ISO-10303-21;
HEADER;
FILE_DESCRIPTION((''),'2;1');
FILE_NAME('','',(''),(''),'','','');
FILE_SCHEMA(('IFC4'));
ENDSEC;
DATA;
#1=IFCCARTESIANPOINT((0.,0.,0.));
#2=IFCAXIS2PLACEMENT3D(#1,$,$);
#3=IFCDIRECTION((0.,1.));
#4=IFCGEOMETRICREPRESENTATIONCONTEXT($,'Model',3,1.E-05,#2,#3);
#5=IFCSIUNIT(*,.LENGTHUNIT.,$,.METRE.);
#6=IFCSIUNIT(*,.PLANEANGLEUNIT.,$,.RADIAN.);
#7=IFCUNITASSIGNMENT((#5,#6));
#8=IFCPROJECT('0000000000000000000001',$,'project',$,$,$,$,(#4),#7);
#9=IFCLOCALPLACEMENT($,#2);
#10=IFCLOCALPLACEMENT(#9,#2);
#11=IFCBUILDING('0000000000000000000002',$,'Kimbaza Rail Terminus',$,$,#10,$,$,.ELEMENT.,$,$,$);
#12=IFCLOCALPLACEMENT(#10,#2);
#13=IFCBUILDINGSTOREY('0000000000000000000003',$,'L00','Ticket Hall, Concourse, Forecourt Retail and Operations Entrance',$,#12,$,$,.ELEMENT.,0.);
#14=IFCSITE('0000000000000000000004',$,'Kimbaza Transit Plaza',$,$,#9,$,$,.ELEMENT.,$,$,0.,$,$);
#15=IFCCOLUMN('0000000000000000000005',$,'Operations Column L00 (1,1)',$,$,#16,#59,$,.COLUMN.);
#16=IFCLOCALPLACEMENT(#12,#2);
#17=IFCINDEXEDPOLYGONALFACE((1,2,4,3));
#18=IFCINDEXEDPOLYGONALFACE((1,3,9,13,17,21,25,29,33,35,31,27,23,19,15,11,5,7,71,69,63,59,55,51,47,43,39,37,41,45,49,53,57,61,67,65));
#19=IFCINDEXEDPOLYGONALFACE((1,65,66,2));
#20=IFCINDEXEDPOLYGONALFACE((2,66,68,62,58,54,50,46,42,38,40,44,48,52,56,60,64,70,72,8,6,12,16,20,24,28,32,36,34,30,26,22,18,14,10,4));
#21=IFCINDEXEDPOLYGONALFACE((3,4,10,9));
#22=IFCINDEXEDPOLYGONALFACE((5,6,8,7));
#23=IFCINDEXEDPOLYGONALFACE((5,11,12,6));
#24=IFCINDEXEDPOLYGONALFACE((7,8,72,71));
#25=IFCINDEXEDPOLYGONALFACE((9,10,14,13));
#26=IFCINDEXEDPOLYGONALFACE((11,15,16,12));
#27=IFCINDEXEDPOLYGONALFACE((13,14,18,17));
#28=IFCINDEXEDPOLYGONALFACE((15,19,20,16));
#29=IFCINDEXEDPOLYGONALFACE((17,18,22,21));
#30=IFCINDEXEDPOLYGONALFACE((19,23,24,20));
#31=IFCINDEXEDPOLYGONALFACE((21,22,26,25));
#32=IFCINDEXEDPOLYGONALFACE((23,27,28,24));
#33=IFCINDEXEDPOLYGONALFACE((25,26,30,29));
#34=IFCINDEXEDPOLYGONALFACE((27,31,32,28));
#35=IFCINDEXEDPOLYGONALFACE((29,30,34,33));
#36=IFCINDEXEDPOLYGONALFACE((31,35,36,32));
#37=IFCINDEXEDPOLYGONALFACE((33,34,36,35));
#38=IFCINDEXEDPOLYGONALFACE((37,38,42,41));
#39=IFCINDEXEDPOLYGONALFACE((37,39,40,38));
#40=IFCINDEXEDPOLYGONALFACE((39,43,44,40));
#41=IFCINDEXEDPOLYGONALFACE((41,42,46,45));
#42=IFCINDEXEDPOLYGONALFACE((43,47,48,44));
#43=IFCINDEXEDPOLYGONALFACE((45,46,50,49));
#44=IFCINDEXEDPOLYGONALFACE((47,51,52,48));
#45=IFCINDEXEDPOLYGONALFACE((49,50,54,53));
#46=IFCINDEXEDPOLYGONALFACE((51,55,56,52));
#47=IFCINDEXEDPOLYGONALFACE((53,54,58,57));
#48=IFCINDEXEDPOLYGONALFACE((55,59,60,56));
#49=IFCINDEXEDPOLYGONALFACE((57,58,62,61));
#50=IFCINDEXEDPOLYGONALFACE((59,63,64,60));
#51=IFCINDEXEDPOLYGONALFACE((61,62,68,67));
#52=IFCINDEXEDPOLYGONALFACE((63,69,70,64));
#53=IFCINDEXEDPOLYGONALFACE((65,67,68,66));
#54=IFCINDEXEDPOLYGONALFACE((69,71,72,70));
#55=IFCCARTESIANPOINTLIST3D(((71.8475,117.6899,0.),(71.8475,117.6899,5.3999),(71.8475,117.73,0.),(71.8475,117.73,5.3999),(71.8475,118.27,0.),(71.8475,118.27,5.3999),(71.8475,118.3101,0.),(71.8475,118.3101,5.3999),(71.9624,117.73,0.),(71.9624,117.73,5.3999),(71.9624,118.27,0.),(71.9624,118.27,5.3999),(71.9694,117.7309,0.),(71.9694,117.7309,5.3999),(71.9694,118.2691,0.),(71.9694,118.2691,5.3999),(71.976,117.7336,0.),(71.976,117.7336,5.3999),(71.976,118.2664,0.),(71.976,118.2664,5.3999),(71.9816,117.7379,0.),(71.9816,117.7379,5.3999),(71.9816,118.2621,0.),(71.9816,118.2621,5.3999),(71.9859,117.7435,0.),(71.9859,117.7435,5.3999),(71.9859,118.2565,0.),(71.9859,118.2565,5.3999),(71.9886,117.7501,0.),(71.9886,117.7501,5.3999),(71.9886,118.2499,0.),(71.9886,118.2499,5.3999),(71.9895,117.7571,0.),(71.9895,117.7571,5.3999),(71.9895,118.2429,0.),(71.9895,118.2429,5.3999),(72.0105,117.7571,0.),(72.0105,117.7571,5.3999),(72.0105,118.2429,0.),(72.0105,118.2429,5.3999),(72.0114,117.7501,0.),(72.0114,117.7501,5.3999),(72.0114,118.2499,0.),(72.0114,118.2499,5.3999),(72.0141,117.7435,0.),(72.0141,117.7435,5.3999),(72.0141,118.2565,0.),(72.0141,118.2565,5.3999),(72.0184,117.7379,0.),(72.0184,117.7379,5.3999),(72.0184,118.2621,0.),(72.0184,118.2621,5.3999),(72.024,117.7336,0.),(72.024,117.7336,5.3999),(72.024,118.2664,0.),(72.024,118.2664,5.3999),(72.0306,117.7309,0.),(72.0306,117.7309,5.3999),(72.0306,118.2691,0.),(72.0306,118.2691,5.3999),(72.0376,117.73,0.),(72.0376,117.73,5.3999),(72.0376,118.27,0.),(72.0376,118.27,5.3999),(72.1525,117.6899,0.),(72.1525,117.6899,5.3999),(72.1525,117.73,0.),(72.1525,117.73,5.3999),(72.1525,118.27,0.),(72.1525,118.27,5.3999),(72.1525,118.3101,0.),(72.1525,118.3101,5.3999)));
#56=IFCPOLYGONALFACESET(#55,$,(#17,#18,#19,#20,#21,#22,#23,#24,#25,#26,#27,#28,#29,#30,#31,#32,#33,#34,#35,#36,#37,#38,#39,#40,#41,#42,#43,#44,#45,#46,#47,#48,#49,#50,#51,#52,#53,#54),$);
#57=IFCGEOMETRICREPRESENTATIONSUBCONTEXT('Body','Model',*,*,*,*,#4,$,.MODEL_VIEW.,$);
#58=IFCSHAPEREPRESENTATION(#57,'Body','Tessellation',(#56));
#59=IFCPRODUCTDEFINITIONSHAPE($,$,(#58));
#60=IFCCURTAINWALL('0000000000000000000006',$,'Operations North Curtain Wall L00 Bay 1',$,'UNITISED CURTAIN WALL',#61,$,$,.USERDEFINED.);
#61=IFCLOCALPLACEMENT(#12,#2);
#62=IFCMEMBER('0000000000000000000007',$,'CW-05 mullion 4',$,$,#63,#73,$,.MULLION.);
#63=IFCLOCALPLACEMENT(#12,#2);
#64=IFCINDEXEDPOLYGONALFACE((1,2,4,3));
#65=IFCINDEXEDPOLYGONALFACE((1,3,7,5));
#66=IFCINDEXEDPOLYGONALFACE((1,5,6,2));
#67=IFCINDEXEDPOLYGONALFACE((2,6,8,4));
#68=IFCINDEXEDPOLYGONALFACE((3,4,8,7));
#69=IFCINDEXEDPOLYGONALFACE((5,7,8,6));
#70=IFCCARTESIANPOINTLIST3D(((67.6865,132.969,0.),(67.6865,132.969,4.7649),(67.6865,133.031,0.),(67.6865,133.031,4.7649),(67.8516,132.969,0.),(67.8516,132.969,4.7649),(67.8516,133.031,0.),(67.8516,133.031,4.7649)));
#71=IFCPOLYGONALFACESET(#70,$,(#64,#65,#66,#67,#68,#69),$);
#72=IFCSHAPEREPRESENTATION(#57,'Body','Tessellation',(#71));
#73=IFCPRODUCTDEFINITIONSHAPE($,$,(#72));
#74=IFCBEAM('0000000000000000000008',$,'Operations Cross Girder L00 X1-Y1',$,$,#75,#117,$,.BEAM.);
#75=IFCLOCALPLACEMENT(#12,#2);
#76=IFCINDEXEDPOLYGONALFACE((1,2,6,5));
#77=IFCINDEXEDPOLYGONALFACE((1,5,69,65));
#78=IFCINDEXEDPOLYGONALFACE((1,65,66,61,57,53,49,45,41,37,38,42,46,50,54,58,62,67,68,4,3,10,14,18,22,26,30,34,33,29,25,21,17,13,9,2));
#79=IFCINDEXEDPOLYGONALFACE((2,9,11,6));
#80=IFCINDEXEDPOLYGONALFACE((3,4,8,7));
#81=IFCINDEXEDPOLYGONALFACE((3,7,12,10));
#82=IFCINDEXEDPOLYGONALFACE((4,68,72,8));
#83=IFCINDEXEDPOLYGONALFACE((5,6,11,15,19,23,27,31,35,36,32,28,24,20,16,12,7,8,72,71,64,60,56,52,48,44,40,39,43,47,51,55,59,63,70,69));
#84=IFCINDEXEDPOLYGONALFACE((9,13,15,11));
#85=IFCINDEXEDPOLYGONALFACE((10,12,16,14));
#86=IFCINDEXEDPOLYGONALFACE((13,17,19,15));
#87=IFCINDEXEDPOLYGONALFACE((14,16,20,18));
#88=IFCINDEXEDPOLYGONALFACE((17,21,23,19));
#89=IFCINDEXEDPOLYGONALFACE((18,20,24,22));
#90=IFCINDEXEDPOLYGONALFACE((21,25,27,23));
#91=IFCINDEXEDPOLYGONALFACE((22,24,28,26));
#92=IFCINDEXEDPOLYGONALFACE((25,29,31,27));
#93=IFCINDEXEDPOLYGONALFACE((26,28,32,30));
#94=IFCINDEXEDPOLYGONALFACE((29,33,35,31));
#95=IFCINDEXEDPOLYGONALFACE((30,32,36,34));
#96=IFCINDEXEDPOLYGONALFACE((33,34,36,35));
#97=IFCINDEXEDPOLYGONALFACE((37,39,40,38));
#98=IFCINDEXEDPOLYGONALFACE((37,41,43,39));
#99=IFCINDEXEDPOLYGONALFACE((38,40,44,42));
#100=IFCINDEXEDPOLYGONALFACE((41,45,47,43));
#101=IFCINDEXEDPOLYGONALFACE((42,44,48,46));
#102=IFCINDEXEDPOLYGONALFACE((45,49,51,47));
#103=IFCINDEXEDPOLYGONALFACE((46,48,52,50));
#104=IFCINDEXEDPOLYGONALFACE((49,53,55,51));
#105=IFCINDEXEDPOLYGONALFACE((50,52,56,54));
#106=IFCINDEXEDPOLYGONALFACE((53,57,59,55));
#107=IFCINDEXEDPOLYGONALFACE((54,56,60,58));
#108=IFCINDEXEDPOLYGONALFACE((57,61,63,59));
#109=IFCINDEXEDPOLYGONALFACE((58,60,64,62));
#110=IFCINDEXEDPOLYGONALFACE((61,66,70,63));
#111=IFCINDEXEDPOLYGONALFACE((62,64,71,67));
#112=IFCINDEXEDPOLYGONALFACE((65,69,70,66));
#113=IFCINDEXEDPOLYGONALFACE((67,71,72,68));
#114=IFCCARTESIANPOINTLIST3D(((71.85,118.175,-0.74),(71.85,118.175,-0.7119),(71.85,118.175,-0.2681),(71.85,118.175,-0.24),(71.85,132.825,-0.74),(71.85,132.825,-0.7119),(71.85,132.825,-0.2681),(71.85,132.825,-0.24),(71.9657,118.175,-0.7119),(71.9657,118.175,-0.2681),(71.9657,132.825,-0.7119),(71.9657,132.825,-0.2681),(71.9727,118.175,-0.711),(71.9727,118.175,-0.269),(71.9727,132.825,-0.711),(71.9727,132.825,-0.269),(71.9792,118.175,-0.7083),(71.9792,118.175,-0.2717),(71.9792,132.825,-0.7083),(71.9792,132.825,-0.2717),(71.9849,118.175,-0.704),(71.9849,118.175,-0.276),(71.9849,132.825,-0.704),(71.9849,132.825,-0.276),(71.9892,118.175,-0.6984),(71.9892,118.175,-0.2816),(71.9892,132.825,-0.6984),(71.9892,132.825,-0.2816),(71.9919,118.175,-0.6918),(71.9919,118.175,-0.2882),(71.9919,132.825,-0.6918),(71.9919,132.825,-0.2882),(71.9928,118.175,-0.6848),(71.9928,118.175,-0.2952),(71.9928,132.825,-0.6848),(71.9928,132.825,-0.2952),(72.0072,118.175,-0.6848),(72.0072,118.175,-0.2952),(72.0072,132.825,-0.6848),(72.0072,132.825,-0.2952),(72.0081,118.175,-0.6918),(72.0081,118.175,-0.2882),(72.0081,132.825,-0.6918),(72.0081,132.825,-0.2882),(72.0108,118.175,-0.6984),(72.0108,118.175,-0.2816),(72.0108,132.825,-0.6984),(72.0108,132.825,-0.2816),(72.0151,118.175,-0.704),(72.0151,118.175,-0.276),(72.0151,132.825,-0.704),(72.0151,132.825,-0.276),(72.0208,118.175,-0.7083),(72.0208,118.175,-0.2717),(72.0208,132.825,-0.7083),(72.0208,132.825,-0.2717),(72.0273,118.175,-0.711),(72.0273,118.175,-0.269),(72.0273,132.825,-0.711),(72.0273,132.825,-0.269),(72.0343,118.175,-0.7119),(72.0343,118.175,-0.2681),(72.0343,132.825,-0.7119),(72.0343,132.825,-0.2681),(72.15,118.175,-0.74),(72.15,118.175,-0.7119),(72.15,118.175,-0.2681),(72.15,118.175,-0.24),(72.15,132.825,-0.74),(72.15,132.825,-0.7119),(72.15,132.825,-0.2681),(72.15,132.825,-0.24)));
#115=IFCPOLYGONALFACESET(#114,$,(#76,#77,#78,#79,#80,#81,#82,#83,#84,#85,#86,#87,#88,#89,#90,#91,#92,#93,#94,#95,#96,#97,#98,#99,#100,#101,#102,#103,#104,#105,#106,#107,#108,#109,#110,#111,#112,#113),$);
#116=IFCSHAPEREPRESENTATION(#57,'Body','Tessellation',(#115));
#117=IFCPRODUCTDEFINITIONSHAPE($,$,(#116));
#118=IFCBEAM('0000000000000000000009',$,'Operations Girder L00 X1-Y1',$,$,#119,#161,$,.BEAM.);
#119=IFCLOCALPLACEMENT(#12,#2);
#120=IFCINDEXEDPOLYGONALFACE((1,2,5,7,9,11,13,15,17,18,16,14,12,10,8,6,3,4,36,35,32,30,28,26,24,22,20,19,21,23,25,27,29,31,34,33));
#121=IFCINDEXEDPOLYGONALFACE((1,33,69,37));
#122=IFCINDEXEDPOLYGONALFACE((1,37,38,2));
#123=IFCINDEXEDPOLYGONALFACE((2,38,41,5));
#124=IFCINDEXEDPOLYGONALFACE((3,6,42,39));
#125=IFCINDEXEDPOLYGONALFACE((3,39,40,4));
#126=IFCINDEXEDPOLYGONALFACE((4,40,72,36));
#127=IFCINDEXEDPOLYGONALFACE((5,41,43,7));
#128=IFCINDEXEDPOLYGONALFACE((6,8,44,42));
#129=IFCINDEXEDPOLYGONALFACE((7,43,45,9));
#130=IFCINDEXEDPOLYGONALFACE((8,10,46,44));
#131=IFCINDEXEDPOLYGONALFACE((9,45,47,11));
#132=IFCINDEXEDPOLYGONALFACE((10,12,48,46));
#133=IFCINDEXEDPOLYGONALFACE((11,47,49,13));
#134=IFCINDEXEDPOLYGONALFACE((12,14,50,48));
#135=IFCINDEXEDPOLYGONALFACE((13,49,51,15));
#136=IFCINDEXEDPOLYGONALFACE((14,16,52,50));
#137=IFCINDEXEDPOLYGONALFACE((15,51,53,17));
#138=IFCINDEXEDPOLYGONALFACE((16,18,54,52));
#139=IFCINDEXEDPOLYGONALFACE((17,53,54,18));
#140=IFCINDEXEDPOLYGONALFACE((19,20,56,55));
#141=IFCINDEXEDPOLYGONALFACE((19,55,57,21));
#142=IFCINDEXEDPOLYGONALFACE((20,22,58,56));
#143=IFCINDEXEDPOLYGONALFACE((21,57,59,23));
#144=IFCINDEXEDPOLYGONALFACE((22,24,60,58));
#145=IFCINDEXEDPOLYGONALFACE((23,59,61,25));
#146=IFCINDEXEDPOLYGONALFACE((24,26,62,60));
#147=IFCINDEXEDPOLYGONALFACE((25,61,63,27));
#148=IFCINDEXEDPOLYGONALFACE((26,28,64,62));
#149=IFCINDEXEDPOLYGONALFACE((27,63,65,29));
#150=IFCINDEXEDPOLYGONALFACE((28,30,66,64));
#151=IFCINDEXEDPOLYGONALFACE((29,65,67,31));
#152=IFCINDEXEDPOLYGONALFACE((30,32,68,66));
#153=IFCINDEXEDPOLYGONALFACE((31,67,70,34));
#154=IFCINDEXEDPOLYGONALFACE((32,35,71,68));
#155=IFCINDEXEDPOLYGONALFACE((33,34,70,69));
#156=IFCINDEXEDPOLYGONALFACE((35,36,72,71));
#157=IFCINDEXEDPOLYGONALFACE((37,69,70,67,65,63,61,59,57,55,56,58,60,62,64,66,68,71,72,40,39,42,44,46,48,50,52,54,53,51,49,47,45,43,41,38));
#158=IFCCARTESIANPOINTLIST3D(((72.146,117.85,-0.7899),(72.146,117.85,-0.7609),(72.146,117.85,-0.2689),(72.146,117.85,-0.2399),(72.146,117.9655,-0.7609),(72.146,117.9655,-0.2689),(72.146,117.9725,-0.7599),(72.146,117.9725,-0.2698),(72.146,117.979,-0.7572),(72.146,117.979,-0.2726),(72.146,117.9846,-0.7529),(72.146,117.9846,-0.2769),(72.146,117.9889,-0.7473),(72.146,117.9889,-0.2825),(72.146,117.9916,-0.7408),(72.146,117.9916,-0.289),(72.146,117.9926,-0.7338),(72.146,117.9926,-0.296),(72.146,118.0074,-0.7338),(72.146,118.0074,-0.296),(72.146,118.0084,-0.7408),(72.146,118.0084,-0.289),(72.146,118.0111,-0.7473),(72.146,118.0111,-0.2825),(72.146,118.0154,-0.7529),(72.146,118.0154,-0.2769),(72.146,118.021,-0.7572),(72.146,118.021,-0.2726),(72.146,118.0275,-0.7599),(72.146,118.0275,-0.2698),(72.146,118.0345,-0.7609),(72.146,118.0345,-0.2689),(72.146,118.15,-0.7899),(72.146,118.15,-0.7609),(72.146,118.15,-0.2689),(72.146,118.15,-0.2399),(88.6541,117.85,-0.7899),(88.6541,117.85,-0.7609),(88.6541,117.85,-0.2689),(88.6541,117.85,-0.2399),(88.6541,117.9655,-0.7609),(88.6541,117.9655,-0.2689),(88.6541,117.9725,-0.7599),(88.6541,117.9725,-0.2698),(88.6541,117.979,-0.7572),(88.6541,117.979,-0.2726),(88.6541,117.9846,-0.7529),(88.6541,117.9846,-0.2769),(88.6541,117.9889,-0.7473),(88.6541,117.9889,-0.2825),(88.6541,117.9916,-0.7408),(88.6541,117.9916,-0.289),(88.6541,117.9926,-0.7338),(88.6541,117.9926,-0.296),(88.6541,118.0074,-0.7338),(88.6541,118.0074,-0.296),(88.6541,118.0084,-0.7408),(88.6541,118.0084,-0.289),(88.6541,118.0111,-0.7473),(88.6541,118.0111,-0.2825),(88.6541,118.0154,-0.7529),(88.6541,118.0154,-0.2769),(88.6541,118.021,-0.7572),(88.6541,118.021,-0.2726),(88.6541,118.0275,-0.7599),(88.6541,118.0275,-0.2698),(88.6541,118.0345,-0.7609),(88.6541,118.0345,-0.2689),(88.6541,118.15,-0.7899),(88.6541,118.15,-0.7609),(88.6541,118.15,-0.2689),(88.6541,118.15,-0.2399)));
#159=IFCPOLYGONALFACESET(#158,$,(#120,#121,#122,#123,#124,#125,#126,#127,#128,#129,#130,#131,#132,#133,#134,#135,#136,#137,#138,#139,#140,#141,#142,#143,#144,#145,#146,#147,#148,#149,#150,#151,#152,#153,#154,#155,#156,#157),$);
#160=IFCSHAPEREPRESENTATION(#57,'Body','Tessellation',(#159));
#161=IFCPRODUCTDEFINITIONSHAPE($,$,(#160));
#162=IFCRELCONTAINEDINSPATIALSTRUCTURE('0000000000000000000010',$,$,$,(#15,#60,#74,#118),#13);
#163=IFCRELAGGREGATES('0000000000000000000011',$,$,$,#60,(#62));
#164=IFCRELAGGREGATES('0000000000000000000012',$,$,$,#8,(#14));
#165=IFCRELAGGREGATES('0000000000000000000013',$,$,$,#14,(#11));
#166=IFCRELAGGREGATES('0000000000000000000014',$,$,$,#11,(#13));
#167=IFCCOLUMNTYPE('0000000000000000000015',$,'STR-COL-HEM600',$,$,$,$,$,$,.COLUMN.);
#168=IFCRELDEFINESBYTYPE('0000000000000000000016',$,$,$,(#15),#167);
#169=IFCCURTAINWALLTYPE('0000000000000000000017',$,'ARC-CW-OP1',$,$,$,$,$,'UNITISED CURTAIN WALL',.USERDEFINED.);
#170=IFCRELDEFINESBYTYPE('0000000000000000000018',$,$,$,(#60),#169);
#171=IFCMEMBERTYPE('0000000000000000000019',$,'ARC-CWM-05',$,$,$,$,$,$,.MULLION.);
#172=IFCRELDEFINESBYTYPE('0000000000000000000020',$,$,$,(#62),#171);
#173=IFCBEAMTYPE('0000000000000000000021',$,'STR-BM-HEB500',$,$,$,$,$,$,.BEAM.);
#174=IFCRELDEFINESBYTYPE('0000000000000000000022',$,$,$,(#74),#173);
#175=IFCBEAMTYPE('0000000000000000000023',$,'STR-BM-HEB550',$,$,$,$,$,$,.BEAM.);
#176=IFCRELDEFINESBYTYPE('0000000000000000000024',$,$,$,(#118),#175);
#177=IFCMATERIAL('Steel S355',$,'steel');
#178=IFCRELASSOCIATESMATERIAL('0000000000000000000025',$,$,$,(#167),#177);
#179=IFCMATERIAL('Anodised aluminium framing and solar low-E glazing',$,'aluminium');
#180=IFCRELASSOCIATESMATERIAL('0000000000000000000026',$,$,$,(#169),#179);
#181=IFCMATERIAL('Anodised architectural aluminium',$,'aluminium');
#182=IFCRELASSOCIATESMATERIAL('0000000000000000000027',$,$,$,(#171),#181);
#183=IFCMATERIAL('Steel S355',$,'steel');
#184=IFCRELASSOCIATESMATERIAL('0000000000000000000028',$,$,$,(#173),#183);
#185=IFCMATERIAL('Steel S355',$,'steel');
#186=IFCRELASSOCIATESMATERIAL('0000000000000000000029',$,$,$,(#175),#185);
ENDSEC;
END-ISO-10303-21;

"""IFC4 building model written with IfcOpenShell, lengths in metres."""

from ifc_helpers import new_model, si_unit, direction, frame, origin, origin_2d, place, context, subcontext, project, spatial, rectangle, i_section, extrude, material, material_profile, profile_set, type_object, element, aggregate, save


model = new_model("IFC4")

# Units and contexts
model_context = context("Model", 3, precision=1e-05, world=origin(), true_north=direction((0.0, 1.0)))
body_context = subcontext(model_context, "Body", "Model", "MODEL_VIEW")
ifc_project = project(units=[si_unit("LENGTHUNIT", "METRE"), si_unit("PLANEANGLEUNIT", "RADIAN")], contexts=[model_context])

# Site, building, storey
site_placement = place(None, origin())
site = spatial("IfcSite", under=ifc_project, at=site_placement, Name="Kimbaza Transit Plaza", CompositionType="ELEMENT", RefElevation=0.0)
building_placement = place(site_placement, origin())
building = spatial("IfcBuilding", under=site, at=building_placement, Name="Kimbaza Rail Terminus", CompositionType="ELEMENT")
storey_placement = place(building_placement, origin())
storey = spatial("IfcBuildingStorey", under=building, at=storey_placement, Name="L00", Description="Ticket Hall, Concourse, Forecourt Retail and Operations Entrance", CompositionType="ELEMENT", Elevation=0.0)

# Column
ifc_material_1 = material(Name="Steel S355", Category="steel")
ifc_material_profile_1 = material_profile(ifc_material_1, i_section(OverallWidth=0.3049, OverallDepth=0.6201, WebThickness=0.021, FlangeThickness=0.04, FilletRadius=0.0271, at=origin_2d()), Name="HEM 600")
ifc_profile_set_1 = profile_set([ifc_material_profile_1], Name="Steel S355")
column_type = type_object("IfcColumnType", Name="STR-COL-HEM600", PredefinedType="COLUMN", material=ifc_profile_set_1)
column_placement = place(storey_placement, frame((72.0, 118.0, 0.0), z_axis=(0.0, 0.0, 1.0), x_axis=(1.0, 0.0, 0.0)))
element("IfcColumn", 1, at=column_placement, inside=storey, type_object=column_type, Name="Operations Column L00 (1,1)", PredefinedType="COLUMN", context=body_context, shape_type="SweptSolid", body=[
    extrude(i_section(OverallWidth=0.3049, OverallDepth=0.6201, WebThickness=0.021, FlangeThickness=0.04, FilletRadius=0.0271, at=origin_2d()), origin(), (0.0, 0.0, 1.0), 5.3999),
])

# Curtain wall, member
ifc_material_2 = material(Name="Anodised aluminium framing and solar low-E glazing", Category="aluminium")
curtain_wall_type = type_object("IfcCurtainWallType", Name="ARC-CW-OP1", ElementType="UNITISED CURTAIN WALL", PredefinedType="USERDEFINED", material=ifc_material_2)
curtain_wall_placement = place(storey_placement, origin())
curtain_wall = element("IfcCurtainWall", 2, at=curtain_wall_placement, inside=storey, type_object=curtain_wall_type, Name="Operations North Curtain Wall L00 Bay 1", ObjectType="UNITISED CURTAIN WALL", PredefinedType="USERDEFINED")
ifc_material_3 = material(Name="Anodised architectural aluminium", Category="aluminium")
ifc_material_profile_2 = material_profile(ifc_material_3, rectangle(XDim=0.062, YDim=0.165, at=origin_2d()), Name="MULLION 62x165")
ifc_profile_set_2 = profile_set([ifc_material_profile_2], Name="Anodised architectural aluminium")
member_type_1 = type_object("IfcMemberType", Name="ARC-CWM-05", PredefinedType="MULLION", material=ifc_profile_set_2)
member_1_placement = place(storey_placement, frame((67.769, 133.0, 0.0), z_axis=(0.0, 0.0, 1.0), x_axis=(0.0, 1.0, 0.0)))
member_1 = element("IfcMember", 3, at=member_1_placement, type_object=member_type_1, Name="CW-05 mullion 4", PredefinedType="MULLION", context=body_context, shape_type="SweptSolid", body=[
    extrude(rectangle(XDim=0.062, YDim=0.165, at=origin_2d()), origin(), (0.0, 0.0, 1.0), 4.7649),
])
aggregate(curtain_wall, [member_1])

# Beams
ifc_material_4 = material(Name="Steel S355", Category="steel")
ifc_material_profile_3 = material_profile(ifc_material_4, i_section(OverallWidth=0.3, OverallDepth=0.5, WebThickness=0.0144, FlangeThickness=0.0281, FilletRadius=0.0271, at=origin_2d()), Name="HEB 500")
ifc_profile_set_3 = profile_set([ifc_material_profile_3], Name="Steel S355")
beam_type_1 = type_object("IfcBeamType", Name="STR-BM-HEB500", PredefinedType="BEAM", material=ifc_profile_set_3)
beam_1_placement = place(storey_placement, frame((72.0, 118.175, -0.49), z_axis=(0.0, 1.0, 0.0), x_axis=(-1.0, 0.0, 0.0)))
element("IfcBeam", 4, at=beam_1_placement, inside=storey, type_object=beam_type_1, Name="Operations Cross Girder L00 X1-Y1", PredefinedType="BEAM", context=body_context, shape_type="SweptSolid", body=[
    extrude(i_section(OverallWidth=0.3, OverallDepth=0.5, WebThickness=0.0144, FlangeThickness=0.0281, FilletRadius=0.0271, at=origin_2d()), origin(), (0.0, 0.0, 1.0), 14.6499),
])
ifc_material_5 = material(Name="Steel S355", Category="steel")
ifc_material_profile_4 = material_profile(ifc_material_5, i_section(OverallWidth=0.3, OverallDepth=0.55, WebThickness=0.0149, FlangeThickness=0.0291, FilletRadius=0.0271, at=origin_2d()), Name="HEB 550")
ifc_profile_set_4 = profile_set([ifc_material_profile_4], Name="Steel S355")
beam_type_2 = type_object("IfcBeamType", Name="STR-BM-HEB550", PredefinedType="BEAM", material=ifc_profile_set_4)
beam_2_placement = place(storey_placement, frame((72.146, 118.0, -0.5149), z_axis=(1.0, 0.0, 0.0), x_axis=(0.0, 1.0, 0.0)))
element("IfcBeam", 5, at=beam_2_placement, inside=storey, type_object=beam_type_2, Name="Operations Girder L00 X1-Y1", PredefinedType="BEAM", context=body_context, shape_type="SweptSolid", body=[
    extrude(i_section(OverallWidth=0.3, OverallDepth=0.55, WebThickness=0.0149, FlangeThickness=0.0291, FilletRadius=0.0271, at=origin_2d()), origin(), (0.0, 0.0, 1.0), 16.5081),
])

save(model, "model.ifc")
